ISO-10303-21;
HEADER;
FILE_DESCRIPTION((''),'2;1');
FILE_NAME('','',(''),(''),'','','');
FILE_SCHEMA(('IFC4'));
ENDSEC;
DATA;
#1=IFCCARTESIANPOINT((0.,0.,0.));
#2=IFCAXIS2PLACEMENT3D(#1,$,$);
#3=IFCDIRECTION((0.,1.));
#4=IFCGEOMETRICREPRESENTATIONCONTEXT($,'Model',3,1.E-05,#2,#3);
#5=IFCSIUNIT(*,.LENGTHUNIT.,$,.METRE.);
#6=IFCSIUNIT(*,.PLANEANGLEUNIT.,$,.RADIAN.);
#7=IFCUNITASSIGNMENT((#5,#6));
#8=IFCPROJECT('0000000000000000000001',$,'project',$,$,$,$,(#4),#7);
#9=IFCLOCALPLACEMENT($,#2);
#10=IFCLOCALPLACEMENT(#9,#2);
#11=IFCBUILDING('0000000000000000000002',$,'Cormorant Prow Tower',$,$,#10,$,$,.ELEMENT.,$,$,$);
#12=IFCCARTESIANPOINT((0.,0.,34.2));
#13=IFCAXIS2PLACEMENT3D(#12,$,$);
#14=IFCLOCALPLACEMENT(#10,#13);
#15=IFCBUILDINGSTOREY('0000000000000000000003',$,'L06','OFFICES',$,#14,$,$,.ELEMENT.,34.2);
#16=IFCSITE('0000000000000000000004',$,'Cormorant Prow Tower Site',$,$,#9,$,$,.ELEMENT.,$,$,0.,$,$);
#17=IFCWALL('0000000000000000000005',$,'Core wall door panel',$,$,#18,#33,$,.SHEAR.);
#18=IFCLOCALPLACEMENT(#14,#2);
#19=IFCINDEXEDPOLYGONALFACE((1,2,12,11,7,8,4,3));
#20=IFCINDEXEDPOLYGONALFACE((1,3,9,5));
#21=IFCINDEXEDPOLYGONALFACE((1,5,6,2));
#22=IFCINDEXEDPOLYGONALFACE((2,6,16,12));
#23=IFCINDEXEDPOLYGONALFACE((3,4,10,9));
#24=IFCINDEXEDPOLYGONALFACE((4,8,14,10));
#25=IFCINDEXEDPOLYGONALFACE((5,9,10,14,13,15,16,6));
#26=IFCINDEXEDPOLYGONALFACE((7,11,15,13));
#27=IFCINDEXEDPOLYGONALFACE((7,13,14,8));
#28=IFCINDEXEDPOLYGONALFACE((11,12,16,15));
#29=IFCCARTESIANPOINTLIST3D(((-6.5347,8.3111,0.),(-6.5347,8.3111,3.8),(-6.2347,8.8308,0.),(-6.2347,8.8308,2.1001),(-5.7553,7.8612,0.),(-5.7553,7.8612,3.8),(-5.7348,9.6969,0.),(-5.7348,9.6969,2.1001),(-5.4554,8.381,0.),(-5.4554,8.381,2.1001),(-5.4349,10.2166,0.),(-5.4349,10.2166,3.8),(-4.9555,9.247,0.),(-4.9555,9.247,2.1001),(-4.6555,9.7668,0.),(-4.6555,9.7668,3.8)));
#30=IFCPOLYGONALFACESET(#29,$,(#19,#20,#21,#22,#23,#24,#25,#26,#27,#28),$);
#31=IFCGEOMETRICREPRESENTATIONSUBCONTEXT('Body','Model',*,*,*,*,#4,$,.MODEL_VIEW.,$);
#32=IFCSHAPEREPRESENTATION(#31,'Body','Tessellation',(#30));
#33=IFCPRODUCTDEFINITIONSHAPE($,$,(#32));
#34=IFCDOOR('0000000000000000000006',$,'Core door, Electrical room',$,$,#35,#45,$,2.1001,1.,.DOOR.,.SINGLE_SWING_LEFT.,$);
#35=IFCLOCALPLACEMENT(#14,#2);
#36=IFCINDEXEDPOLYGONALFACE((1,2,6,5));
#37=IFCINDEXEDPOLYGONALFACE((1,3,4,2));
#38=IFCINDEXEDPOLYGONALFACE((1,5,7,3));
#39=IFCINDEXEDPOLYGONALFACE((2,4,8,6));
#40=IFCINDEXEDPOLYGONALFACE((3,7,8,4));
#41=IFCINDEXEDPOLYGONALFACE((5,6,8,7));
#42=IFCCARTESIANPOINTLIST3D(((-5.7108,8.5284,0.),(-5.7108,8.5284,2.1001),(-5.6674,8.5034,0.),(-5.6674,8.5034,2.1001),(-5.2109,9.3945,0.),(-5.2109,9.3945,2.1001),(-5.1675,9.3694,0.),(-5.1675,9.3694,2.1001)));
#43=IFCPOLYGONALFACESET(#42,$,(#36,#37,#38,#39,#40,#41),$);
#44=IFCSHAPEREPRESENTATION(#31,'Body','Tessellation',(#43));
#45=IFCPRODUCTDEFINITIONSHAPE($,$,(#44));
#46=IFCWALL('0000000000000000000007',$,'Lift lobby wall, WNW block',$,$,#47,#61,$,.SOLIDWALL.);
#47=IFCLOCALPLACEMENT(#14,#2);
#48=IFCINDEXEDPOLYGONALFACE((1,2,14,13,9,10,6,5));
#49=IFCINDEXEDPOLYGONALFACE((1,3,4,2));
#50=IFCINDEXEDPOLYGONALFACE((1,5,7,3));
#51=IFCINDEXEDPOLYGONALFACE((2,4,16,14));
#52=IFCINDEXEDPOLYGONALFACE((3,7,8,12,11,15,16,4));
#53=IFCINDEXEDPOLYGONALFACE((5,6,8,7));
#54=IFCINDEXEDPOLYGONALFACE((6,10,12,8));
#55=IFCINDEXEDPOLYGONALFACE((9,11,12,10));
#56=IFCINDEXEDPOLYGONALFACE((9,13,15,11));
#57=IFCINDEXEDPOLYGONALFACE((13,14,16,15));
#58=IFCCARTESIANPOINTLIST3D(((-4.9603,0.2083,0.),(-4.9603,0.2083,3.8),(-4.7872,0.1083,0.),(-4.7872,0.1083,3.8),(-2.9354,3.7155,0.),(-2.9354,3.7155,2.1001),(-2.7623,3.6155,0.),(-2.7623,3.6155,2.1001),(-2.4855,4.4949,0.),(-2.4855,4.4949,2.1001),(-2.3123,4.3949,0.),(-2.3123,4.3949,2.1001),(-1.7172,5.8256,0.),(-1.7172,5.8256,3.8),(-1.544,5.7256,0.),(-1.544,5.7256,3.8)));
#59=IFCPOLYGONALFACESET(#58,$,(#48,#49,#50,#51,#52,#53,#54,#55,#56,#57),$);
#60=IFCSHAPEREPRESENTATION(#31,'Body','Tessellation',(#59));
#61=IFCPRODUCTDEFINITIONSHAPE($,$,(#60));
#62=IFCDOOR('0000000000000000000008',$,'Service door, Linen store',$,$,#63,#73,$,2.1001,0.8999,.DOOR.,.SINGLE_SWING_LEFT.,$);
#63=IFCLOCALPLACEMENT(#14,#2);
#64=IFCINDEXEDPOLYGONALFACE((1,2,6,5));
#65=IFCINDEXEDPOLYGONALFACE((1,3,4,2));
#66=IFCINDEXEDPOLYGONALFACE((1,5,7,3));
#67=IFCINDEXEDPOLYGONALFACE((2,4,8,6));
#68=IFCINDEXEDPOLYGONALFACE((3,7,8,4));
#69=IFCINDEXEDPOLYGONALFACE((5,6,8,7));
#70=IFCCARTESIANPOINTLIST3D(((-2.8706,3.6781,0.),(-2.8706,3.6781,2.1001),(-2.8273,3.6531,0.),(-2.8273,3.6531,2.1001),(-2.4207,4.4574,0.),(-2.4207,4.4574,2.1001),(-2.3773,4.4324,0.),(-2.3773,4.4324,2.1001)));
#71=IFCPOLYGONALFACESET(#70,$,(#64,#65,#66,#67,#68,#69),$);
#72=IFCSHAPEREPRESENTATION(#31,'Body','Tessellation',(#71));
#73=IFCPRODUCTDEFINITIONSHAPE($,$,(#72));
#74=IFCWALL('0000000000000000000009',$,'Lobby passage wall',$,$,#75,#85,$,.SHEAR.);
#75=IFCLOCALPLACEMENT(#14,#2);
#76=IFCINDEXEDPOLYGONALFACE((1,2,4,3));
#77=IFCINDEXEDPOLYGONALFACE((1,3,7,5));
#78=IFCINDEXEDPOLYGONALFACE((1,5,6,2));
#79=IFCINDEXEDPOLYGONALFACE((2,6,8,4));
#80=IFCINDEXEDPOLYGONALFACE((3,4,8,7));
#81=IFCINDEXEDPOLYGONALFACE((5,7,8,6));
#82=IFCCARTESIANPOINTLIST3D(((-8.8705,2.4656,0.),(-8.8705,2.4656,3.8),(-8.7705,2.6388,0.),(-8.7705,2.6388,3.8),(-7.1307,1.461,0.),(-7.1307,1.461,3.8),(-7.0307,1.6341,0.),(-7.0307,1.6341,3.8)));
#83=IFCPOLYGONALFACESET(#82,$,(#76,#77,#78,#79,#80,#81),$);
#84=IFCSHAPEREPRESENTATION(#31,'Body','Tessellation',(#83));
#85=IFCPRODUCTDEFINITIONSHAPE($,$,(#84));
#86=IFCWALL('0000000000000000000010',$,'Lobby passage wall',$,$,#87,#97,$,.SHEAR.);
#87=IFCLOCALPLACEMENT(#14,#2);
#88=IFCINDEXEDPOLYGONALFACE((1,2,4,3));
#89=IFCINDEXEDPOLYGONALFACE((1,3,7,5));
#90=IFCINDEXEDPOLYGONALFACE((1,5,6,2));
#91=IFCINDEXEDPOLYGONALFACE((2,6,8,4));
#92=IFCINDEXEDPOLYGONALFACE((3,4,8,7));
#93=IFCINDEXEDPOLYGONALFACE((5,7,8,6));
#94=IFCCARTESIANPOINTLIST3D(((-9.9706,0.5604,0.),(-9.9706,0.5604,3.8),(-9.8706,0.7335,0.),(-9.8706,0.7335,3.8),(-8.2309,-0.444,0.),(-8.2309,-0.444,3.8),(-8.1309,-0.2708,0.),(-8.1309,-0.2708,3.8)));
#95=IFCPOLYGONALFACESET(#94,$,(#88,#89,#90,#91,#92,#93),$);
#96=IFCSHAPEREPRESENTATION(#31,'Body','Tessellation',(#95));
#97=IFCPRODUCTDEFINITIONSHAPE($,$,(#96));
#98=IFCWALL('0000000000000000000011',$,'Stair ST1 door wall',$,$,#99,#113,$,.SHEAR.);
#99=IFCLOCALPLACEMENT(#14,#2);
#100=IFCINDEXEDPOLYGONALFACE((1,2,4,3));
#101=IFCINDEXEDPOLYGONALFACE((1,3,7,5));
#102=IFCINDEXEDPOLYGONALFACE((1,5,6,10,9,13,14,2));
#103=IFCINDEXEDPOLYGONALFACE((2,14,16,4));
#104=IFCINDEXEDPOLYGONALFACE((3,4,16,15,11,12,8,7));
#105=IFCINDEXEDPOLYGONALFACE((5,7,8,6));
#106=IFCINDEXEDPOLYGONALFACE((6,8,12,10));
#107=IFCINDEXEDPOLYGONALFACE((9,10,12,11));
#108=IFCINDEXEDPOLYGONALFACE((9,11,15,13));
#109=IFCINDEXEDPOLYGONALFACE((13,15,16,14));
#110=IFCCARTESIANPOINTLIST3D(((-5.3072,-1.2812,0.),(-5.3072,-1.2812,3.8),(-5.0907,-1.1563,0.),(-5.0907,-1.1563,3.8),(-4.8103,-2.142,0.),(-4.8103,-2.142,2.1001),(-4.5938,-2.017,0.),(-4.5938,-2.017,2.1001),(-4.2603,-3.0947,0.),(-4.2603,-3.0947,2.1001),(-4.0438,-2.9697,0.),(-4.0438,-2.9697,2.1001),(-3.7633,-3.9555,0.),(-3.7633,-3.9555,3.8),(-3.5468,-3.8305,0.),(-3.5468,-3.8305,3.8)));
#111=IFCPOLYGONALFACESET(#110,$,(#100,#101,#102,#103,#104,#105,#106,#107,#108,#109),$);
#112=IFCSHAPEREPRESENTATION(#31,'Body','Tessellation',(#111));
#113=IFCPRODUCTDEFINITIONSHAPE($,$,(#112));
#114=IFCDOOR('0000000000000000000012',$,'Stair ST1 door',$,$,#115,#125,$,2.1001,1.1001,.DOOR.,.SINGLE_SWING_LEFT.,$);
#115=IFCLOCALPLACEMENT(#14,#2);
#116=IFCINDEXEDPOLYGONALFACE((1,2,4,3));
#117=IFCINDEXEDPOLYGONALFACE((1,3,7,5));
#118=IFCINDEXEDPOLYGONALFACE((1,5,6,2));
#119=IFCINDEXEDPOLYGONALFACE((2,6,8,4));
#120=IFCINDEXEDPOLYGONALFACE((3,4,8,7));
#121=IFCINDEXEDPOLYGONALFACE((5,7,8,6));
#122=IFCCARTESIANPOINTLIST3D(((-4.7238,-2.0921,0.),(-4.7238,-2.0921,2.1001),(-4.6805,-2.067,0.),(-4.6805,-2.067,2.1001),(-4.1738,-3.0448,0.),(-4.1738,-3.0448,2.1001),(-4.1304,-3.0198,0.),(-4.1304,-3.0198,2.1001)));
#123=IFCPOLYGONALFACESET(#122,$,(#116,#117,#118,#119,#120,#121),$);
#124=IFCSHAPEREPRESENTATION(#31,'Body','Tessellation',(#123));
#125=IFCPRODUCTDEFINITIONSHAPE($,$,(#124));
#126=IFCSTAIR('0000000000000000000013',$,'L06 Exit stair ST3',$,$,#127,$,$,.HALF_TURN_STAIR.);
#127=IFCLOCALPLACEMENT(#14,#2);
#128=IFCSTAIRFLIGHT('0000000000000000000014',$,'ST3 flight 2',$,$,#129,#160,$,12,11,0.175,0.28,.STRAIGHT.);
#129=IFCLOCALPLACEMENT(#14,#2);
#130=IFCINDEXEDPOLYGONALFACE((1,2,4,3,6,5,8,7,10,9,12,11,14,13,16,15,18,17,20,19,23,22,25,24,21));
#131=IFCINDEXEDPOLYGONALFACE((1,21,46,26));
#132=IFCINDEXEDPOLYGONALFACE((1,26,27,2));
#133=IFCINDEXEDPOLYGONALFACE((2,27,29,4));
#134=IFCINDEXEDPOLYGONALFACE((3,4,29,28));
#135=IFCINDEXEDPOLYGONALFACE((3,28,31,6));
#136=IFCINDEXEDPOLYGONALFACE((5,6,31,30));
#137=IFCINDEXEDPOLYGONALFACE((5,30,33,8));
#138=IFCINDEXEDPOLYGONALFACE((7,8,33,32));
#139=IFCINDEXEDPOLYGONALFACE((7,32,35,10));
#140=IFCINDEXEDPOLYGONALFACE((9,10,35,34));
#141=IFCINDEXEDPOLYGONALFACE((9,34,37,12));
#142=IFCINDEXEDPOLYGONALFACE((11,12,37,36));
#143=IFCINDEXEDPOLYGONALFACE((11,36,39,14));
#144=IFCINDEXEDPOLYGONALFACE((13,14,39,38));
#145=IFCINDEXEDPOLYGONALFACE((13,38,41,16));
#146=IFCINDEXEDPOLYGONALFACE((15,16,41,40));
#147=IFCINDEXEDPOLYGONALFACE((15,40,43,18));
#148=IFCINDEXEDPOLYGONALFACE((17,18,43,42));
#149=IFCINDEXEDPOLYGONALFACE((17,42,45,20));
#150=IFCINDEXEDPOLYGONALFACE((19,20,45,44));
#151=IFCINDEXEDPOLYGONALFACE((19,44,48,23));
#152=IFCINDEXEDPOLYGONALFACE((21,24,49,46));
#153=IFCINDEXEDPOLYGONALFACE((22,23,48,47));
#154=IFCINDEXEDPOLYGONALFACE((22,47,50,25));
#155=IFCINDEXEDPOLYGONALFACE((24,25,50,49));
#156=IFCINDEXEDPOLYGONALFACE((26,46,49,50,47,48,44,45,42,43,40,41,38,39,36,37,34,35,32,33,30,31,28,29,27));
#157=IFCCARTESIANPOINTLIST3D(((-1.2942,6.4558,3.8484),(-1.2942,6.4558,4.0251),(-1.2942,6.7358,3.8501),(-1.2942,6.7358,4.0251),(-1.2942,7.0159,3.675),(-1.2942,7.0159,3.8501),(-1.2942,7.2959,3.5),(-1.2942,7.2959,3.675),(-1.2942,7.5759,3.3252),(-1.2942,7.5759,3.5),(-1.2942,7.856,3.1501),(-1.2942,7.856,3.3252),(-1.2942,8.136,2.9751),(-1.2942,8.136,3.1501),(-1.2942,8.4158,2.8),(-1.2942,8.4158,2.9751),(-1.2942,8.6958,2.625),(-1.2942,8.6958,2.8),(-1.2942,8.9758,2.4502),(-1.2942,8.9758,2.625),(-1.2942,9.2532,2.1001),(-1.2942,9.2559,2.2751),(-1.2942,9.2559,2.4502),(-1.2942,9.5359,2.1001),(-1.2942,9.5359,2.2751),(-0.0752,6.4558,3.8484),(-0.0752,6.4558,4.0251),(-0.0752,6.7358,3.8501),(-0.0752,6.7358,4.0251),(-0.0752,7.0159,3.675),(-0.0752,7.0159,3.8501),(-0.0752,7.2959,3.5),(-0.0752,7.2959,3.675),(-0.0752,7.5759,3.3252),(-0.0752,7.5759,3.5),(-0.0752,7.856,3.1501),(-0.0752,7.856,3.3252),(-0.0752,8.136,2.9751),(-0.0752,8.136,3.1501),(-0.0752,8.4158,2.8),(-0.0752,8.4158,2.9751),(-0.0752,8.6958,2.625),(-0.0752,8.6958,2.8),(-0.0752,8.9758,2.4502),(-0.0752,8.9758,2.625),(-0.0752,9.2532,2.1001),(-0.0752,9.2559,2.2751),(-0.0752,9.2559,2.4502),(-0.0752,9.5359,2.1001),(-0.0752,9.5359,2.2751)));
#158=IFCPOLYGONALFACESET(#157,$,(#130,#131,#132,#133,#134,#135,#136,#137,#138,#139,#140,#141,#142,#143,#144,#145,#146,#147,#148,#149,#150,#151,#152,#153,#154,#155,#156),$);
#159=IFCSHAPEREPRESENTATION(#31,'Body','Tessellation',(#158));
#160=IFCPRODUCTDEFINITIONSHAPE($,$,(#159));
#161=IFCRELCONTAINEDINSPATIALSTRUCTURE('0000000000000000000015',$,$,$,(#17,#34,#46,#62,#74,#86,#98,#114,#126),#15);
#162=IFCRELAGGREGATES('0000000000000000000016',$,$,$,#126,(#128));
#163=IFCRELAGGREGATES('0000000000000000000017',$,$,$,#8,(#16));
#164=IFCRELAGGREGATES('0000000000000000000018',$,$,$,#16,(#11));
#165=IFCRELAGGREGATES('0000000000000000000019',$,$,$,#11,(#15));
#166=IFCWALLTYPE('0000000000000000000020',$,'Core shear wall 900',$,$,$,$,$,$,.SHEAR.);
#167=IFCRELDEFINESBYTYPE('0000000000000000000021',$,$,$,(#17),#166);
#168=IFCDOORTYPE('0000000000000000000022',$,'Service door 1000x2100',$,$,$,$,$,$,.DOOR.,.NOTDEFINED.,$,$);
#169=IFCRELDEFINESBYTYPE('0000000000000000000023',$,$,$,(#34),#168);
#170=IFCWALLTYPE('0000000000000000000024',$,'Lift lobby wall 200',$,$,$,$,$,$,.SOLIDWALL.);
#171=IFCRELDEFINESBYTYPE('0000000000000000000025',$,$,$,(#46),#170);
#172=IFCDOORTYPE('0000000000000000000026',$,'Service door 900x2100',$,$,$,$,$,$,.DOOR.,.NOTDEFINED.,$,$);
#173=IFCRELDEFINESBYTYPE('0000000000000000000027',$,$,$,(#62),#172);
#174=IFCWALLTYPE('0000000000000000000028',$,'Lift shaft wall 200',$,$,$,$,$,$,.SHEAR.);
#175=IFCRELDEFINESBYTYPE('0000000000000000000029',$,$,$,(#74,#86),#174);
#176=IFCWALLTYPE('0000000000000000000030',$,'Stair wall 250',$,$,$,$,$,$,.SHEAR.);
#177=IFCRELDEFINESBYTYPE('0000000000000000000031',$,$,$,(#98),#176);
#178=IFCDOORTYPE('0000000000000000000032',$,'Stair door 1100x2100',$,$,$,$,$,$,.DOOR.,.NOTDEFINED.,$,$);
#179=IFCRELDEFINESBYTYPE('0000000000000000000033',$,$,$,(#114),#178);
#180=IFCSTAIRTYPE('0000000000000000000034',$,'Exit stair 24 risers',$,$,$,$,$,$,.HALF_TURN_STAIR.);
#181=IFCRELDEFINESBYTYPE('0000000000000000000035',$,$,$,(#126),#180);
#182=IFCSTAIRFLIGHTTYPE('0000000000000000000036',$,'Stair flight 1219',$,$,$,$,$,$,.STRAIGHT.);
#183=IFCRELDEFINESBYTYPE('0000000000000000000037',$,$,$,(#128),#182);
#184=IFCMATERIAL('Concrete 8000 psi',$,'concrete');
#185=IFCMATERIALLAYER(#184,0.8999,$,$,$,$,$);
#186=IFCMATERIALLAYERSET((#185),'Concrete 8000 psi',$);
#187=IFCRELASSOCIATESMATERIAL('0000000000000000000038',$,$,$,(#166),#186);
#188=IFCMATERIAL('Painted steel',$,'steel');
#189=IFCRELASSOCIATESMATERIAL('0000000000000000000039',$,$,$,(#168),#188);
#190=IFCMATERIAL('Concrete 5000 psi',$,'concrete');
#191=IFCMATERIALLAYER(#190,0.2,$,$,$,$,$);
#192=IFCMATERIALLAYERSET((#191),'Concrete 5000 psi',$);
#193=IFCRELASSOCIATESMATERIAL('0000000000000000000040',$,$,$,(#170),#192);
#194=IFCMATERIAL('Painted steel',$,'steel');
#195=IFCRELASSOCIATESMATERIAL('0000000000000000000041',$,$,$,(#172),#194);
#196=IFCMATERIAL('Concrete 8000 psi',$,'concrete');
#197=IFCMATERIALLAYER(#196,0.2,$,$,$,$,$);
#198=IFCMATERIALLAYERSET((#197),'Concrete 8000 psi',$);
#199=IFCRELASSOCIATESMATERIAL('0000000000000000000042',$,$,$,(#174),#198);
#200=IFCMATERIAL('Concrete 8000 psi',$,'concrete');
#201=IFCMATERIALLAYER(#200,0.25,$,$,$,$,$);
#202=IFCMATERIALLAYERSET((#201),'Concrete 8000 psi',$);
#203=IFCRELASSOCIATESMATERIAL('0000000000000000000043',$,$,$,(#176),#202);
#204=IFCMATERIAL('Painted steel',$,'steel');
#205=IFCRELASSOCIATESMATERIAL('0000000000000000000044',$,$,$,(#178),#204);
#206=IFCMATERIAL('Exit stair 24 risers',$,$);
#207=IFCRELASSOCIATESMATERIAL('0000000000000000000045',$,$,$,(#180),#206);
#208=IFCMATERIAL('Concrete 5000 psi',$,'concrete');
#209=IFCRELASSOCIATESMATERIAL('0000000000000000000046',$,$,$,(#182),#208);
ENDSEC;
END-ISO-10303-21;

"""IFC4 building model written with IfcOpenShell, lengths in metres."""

from ifc_helpers import new_model, si_unit, direction, frame, frame_2d, origin, place, context, subcontext, project, spatial, polyline, rectangle, outline, extrude, material, layer, layer_set, type_object, element, fill, aggregate, save


model = new_model("IFC4")

# Units and contexts
model_context = context("Model", 3, precision=1e-05, world=origin(), true_north=direction((0.0, 1.0)))
body_context = subcontext(model_context, "Body", "Model", "MODEL_VIEW")
ifc_project = project(units=[si_unit("LENGTHUNIT", "METRE"), si_unit("PLANEANGLEUNIT", "RADIAN")], contexts=[model_context])

# Site, building, storey
site_placement = place(None, origin())
site = spatial("IfcSite", under=ifc_project, at=site_placement, Name="Cormorant Prow Tower Site", CompositionType="ELEMENT", RefElevation=0.0)
building_placement = place(site_placement, origin())
building = spatial("IfcBuilding", under=site, at=building_placement, Name="Cormorant Prow Tower", CompositionType="ELEMENT")
storey_placement = place(building_placement, frame((0.0, 0.0, 34.2)))
storey = spatial("IfcBuildingStorey", under=building, at=storey_placement, Name="L06", Description="OFFICES", CompositionType="ELEMENT", Elevation=34.2)

# Shared definitions
ifc_material_1 = material(Name="Concrete 8000 psi", Category="concrete")
ifc_layer_1 = layer(ifc_material_1, 0.8999)
ifc_layer_set_1 = layer_set([ifc_layer_1], Name="Concrete 8000 psi")
wall_type_1 = type_object("IfcWallType", Name="Core shear wall 900", PredefinedType="SHEAR", material=ifc_layer_set_1)

# Walls, openings, doors
ifc_material_2 = material(Name="Painted steel", Category="steel")
door_type_1 = type_object("IfcDoorType", Name="Service door 1000x2100", OperationType="NOTDEFINED", PredefinedType="DOOR", material=ifc_material_2)
wall_1_placement = place(storey_placement, frame((-5.0452, 9.9917, 0.0), z_axis=(0.0, 0.0, 1.0), x_axis=(-0.499899, -0.866084, 0.0)))
wall_1 = element("IfcWall", 1, at=wall_1_placement, inside=storey, type_object=wall_type_1, Name="Core wall door panel", PredefinedType="SHEAR", context=body_context, shape_type="SweptSolid", body=[
    extrude(rectangle(XDim=2.2002, YDim=0.8999, at=frame_2d((1.1001, 0.0))), origin(), (0.0, 0.0, 1.0), 3.8),
])
opening_1_placement = place(wall_1_placement, frame((0.6001, 0.0, 0.0)))
opening_1 = element("IfcOpeningElement", 2, at=opening_1_placement, cuts=wall_1, PredefinedType="OPENING", context=body_context, shape_type="SweptSolid", body=[
    extrude(rectangle(XDim=1.0, YDim=2.1001, at=frame_2d((0.5, 1.05))), frame((0.0, 0.46, 0.0), z_axis=(0.0, -1.0, 0.0), x_axis=(1.0, 0.0, 0.0)), (0.0, 0.0, 1.0), 0.9199),
])
door_1_placement = place(opening_1_placement, origin())
door_1 = element("IfcDoor", 3, at=door_1_placement, inside=storey, type_object=door_type_1, Name="Core door, Electrical room", OperationType="SINGLE_SWING_LEFT", OverallHeight=2.1001, OverallWidth=1.0, PredefinedType="DOOR", context=body_context, shape_type="SweptSolid", body=[
    extrude(rectangle(XDim=1.0, YDim=2.1001, at=frame_2d((0.5, 1.05))), frame((0.0, 0.2051, 0.0), z_axis=(0.0, -1.0, 0.0), x_axis=(1.0, 0.0, 0.0)), (0.0, 0.0, 1.0), 0.05),
])
fill(opening_1, door_1)
ifc_material_3 = material(Name="Concrete 5000 psi", Category="concrete")
ifc_layer_2 = layer(ifc_material_3, 0.2)
ifc_layer_set_2 = layer_set([ifc_layer_2], Name="Concrete 5000 psi")
wall_type_2 = type_object("IfcWallType", Name="Lift lobby wall 200", PredefinedType="SOLIDWALL", material=ifc_layer_set_2)
wall_2_placement = place(storey_placement, frame((-1.6306, 5.7756, 0.0), z_axis=(0.0, 0.0, 1.0), x_axis=(-0.499993, -0.86603, 0.0)))
wall_2 = element("IfcWall", 4, at=wall_2_placement, inside=storey, type_object=wall_type_2, Name="Lift lobby wall, WNW block", PredefinedType="SOLIDWALL", context=body_context, shape_type="SweptSolid", body=[
    extrude(rectangle(XDim=6.4863, YDim=0.2, at=frame_2d((3.2432, 0.0))), origin(), (0.0, 0.0, 1.0), 3.8),
])
opening_2_placement = place(wall_2_placement, frame((1.5366, 0.0, 0.0)))
opening_2 = element("IfcOpeningElement", 5, at=opening_2_placement, cuts=wall_2, PredefinedType="OPENING", context=body_context, shape_type="SweptSolid", body=[
    extrude(rectangle(XDim=0.8999, YDim=2.1001, at=frame_2d((0.45, 1.05))), frame((0.0, 0.1099, 0.0), z_axis=(0.0, -1.0, 0.0), x_axis=(1.0, 0.0, 0.0)), (0.0, 0.0, 1.0), 0.22),
])
ifc_material_4 = material(Name="Painted steel", Category="steel")
door_type_2 = type_object("IfcDoorType", Name="Service door 900x2100", OperationType="NOTDEFINED", PredefinedType="DOOR", material=ifc_material_4)
door_2_placement = place(opening_2_placement, origin())
door_2 = element("IfcDoor", 6, at=door_2_placement, inside=storey, type_object=door_type_2, Name="Service door, Linen store", OperationType="SINGLE_SWING_LEFT", OverallHeight=2.1001, OverallWidth=0.8999, PredefinedType="DOOR", context=body_context, shape_type="SweptSolid", body=[
    extrude(rectangle(XDim=0.8999, YDim=2.1001, at=frame_2d((0.45, 1.05))), frame((0.0, 0.0249, 0.0), z_axis=(0.0, -1.0, 0.0), x_axis=(1.0, 0.0, 0.0)), (0.0, 0.0, 1.0), 0.05),
])
fill(opening_2, door_2)

# Walls
ifc_material_5 = material(Name="Concrete 8000 psi", Category="concrete")
ifc_layer_3 = layer(ifc_material_5, 0.2)
ifc_layer_set_3 = layer_set([ifc_layer_3], Name="Concrete 8000 psi")
wall_type_3 = type_object("IfcWallType", Name="Lift shaft wall 200", PredefinedType="SHEAR", material=ifc_layer_set_3)
wall_3_placement = place(storey_placement, frame((-7.0808, 1.5476, 0.0), z_axis=(0.0, 0.0, 1.0), x_axis=(-0.865983, 0.500073, 0.0)))
element("IfcWall", 7, at=wall_3_placement, inside=storey, type_object=wall_type_3, Name="Lobby passage wall", PredefinedType="SHEAR", context=body_context, shape_type="SweptSolid", body=[
    extrude(rectangle(XDim=2.009, YDim=0.2, at=frame_2d((1.0044, 0.0))), origin(), (0.0, 0.0, 1.0), 3.8),
])
wall_4_placement = place(storey_placement, frame((-8.1809, -0.3574, 0.0), z_axis=(0.0, 0.0, 1.0), x_axis=(-0.866036, 0.499982, 0.0)))
element("IfcWall", 8, at=wall_4_placement, inside=storey, type_object=wall_type_3, Name="Lobby passage wall", PredefinedType="SHEAR", context=body_context, shape_type="SweptSolid", body=[
    extrude(rectangle(XDim=2.0088, YDim=0.2, at=frame_2d((1.0044, 0.0))), origin(), (0.0, 0.0, 1.0), 3.8),
])

# Wall, opening, door
ifc_material_6 = material(Name="Concrete 8000 psi", Category="concrete")
ifc_layer_4 = layer(ifc_material_6, 0.25)
ifc_layer_set_4 = layer_set([ifc_layer_4], Name="Concrete 8000 psi")
wall_type_4 = type_object("IfcWallType", Name="Stair wall 250", PredefinedType="SHEAR", material=ifc_layer_set_4)
wall_5_placement = place(storey_placement, frame((-5.199, -1.2188, 0.0), z_axis=(0.0, 0.0, 1.0), x_axis=(0.499983, -0.866035, 0.0)))
wall_5 = element("IfcWall", 9, at=wall_5_placement, inside=storey, type_object=wall_type_4, Name="Stair ST1 door wall", PredefinedType="SHEAR", context=body_context, shape_type="SweptSolid", body=[
    extrude(rectangle(XDim=3.0879, YDim=0.25, at=frame_2d((1.5439, 0.0))), origin(), (0.0, 0.0, 1.0), 3.8),
])
opening_3_placement = place(wall_5_placement, frame((0.9939, 0.0, 0.0)))
opening_3 = element("IfcOpeningElement", 10, at=opening_3_placement, cuts=wall_5, PredefinedType="OPENING", context=body_context, shape_type="SweptSolid", body=[
    extrude(rectangle(XDim=1.1001, YDim=2.1001, at=frame_2d((0.55, 1.05))), frame((0.0, 0.135, 0.0), z_axis=(0.0, -1.0, 0.0), x_axis=(1.0, 0.0, 0.0)), (0.0, 0.0, 1.0), 0.27),
])
ifc_material_7 = material(Name="Painted steel", Category="steel")
door_type_3 = type_object("IfcDoorType", Name="Stair door 1100x2100", OperationType="NOTDEFINED", PredefinedType="DOOR", material=ifc_material_7)
door_3_placement = place(opening_3_placement, origin())
door_3 = element("IfcDoor", 11, at=door_3_placement, inside=storey, type_object=door_type_3, Name="Stair ST1 door", OperationType="SINGLE_SWING_LEFT", OverallHeight=2.1001, OverallWidth=1.1001, PredefinedType="DOOR", context=body_context, shape_type="SweptSolid", body=[
    extrude(rectangle(XDim=1.1001, YDim=2.1001, at=frame_2d((0.55, 1.05))), frame((0.0, 0.0249, 0.0), z_axis=(0.0, -1.0, 0.0), x_axis=(1.0, 0.0, 0.0)), (0.0, 0.0, 1.0), 0.05),
])
fill(opening_3, door_3)

# Stair, stair flight
ifc_material_8 = material(Name="Exit stair 24 risers")
stair_type = type_object("IfcStairType", Name="Exit stair 24 risers", PredefinedType="HALF_TURN_STAIR", material=ifc_material_8)
stair_placement = place(storey_placement, origin())
stair = element("IfcStair", 12, at=stair_placement, inside=storey, type_object=stair_type, Name="L06 Exit stair ST3", PredefinedType="HALF_TURN_STAIR")
ifc_material_9 = material(Name="Concrete 5000 psi", Category="concrete")
stair_flight_type = type_object("IfcStairFlightType", Name="Stair flight 1219", PredefinedType="STRAIGHT", material=ifc_material_9)
stair_flight_placement = place(storey_placement, frame((-0.6846, 9.5359, 2.1001), z_axis=(0.0, 0.0, 1.0), x_axis=(0.0, -1.0, 0.0)))
stair_flight = element("IfcStairFlight", 13, at=stair_flight_placement, type_object=stair_flight_type, Name="ST3 flight 2", NumberOfRisers=12, NumberOfTreads=11, PredefinedType="STRAIGHT", RiserHeight=0.175, TreadLength=0.28, context=body_context, shape_type="SweptSolid", body=[
    extrude(outline(polyline([(0.0, 0.0), (0.0, 0.175), (0.28, 0.175), (0.28, 0.3501), (0.5601, 0.3501), (0.5601, 0.5249), (0.8401, 0.5249), (0.8401, 0.7), (1.1201, 0.7), (1.1201, 0.875), (1.3999, 0.875), (1.3999, 1.05), (1.6799, 1.05), (1.6799, 1.2251), (1.96, 1.2251), (1.96, 1.3999), (2.24, 1.3999), (2.24, 1.575), (2.52, 1.575), (2.52, 1.75), (2.8, 1.75), (2.8, 1.925), (3.0801, 1.925), (3.0801, 2.1001), (3.0801, 1.7483), (0.2827, 0.0), (0.0, 0.0)])), frame((0.0, 0.6094, 0.0), z_axis=(0.0, -1.0, 0.0), x_axis=(1.0, 0.0, 0.0)), (0.0, 0.0, 1.0), 1.219),
])
aggregate(stair, [stair_flight])

save(model, "model.ifc")
